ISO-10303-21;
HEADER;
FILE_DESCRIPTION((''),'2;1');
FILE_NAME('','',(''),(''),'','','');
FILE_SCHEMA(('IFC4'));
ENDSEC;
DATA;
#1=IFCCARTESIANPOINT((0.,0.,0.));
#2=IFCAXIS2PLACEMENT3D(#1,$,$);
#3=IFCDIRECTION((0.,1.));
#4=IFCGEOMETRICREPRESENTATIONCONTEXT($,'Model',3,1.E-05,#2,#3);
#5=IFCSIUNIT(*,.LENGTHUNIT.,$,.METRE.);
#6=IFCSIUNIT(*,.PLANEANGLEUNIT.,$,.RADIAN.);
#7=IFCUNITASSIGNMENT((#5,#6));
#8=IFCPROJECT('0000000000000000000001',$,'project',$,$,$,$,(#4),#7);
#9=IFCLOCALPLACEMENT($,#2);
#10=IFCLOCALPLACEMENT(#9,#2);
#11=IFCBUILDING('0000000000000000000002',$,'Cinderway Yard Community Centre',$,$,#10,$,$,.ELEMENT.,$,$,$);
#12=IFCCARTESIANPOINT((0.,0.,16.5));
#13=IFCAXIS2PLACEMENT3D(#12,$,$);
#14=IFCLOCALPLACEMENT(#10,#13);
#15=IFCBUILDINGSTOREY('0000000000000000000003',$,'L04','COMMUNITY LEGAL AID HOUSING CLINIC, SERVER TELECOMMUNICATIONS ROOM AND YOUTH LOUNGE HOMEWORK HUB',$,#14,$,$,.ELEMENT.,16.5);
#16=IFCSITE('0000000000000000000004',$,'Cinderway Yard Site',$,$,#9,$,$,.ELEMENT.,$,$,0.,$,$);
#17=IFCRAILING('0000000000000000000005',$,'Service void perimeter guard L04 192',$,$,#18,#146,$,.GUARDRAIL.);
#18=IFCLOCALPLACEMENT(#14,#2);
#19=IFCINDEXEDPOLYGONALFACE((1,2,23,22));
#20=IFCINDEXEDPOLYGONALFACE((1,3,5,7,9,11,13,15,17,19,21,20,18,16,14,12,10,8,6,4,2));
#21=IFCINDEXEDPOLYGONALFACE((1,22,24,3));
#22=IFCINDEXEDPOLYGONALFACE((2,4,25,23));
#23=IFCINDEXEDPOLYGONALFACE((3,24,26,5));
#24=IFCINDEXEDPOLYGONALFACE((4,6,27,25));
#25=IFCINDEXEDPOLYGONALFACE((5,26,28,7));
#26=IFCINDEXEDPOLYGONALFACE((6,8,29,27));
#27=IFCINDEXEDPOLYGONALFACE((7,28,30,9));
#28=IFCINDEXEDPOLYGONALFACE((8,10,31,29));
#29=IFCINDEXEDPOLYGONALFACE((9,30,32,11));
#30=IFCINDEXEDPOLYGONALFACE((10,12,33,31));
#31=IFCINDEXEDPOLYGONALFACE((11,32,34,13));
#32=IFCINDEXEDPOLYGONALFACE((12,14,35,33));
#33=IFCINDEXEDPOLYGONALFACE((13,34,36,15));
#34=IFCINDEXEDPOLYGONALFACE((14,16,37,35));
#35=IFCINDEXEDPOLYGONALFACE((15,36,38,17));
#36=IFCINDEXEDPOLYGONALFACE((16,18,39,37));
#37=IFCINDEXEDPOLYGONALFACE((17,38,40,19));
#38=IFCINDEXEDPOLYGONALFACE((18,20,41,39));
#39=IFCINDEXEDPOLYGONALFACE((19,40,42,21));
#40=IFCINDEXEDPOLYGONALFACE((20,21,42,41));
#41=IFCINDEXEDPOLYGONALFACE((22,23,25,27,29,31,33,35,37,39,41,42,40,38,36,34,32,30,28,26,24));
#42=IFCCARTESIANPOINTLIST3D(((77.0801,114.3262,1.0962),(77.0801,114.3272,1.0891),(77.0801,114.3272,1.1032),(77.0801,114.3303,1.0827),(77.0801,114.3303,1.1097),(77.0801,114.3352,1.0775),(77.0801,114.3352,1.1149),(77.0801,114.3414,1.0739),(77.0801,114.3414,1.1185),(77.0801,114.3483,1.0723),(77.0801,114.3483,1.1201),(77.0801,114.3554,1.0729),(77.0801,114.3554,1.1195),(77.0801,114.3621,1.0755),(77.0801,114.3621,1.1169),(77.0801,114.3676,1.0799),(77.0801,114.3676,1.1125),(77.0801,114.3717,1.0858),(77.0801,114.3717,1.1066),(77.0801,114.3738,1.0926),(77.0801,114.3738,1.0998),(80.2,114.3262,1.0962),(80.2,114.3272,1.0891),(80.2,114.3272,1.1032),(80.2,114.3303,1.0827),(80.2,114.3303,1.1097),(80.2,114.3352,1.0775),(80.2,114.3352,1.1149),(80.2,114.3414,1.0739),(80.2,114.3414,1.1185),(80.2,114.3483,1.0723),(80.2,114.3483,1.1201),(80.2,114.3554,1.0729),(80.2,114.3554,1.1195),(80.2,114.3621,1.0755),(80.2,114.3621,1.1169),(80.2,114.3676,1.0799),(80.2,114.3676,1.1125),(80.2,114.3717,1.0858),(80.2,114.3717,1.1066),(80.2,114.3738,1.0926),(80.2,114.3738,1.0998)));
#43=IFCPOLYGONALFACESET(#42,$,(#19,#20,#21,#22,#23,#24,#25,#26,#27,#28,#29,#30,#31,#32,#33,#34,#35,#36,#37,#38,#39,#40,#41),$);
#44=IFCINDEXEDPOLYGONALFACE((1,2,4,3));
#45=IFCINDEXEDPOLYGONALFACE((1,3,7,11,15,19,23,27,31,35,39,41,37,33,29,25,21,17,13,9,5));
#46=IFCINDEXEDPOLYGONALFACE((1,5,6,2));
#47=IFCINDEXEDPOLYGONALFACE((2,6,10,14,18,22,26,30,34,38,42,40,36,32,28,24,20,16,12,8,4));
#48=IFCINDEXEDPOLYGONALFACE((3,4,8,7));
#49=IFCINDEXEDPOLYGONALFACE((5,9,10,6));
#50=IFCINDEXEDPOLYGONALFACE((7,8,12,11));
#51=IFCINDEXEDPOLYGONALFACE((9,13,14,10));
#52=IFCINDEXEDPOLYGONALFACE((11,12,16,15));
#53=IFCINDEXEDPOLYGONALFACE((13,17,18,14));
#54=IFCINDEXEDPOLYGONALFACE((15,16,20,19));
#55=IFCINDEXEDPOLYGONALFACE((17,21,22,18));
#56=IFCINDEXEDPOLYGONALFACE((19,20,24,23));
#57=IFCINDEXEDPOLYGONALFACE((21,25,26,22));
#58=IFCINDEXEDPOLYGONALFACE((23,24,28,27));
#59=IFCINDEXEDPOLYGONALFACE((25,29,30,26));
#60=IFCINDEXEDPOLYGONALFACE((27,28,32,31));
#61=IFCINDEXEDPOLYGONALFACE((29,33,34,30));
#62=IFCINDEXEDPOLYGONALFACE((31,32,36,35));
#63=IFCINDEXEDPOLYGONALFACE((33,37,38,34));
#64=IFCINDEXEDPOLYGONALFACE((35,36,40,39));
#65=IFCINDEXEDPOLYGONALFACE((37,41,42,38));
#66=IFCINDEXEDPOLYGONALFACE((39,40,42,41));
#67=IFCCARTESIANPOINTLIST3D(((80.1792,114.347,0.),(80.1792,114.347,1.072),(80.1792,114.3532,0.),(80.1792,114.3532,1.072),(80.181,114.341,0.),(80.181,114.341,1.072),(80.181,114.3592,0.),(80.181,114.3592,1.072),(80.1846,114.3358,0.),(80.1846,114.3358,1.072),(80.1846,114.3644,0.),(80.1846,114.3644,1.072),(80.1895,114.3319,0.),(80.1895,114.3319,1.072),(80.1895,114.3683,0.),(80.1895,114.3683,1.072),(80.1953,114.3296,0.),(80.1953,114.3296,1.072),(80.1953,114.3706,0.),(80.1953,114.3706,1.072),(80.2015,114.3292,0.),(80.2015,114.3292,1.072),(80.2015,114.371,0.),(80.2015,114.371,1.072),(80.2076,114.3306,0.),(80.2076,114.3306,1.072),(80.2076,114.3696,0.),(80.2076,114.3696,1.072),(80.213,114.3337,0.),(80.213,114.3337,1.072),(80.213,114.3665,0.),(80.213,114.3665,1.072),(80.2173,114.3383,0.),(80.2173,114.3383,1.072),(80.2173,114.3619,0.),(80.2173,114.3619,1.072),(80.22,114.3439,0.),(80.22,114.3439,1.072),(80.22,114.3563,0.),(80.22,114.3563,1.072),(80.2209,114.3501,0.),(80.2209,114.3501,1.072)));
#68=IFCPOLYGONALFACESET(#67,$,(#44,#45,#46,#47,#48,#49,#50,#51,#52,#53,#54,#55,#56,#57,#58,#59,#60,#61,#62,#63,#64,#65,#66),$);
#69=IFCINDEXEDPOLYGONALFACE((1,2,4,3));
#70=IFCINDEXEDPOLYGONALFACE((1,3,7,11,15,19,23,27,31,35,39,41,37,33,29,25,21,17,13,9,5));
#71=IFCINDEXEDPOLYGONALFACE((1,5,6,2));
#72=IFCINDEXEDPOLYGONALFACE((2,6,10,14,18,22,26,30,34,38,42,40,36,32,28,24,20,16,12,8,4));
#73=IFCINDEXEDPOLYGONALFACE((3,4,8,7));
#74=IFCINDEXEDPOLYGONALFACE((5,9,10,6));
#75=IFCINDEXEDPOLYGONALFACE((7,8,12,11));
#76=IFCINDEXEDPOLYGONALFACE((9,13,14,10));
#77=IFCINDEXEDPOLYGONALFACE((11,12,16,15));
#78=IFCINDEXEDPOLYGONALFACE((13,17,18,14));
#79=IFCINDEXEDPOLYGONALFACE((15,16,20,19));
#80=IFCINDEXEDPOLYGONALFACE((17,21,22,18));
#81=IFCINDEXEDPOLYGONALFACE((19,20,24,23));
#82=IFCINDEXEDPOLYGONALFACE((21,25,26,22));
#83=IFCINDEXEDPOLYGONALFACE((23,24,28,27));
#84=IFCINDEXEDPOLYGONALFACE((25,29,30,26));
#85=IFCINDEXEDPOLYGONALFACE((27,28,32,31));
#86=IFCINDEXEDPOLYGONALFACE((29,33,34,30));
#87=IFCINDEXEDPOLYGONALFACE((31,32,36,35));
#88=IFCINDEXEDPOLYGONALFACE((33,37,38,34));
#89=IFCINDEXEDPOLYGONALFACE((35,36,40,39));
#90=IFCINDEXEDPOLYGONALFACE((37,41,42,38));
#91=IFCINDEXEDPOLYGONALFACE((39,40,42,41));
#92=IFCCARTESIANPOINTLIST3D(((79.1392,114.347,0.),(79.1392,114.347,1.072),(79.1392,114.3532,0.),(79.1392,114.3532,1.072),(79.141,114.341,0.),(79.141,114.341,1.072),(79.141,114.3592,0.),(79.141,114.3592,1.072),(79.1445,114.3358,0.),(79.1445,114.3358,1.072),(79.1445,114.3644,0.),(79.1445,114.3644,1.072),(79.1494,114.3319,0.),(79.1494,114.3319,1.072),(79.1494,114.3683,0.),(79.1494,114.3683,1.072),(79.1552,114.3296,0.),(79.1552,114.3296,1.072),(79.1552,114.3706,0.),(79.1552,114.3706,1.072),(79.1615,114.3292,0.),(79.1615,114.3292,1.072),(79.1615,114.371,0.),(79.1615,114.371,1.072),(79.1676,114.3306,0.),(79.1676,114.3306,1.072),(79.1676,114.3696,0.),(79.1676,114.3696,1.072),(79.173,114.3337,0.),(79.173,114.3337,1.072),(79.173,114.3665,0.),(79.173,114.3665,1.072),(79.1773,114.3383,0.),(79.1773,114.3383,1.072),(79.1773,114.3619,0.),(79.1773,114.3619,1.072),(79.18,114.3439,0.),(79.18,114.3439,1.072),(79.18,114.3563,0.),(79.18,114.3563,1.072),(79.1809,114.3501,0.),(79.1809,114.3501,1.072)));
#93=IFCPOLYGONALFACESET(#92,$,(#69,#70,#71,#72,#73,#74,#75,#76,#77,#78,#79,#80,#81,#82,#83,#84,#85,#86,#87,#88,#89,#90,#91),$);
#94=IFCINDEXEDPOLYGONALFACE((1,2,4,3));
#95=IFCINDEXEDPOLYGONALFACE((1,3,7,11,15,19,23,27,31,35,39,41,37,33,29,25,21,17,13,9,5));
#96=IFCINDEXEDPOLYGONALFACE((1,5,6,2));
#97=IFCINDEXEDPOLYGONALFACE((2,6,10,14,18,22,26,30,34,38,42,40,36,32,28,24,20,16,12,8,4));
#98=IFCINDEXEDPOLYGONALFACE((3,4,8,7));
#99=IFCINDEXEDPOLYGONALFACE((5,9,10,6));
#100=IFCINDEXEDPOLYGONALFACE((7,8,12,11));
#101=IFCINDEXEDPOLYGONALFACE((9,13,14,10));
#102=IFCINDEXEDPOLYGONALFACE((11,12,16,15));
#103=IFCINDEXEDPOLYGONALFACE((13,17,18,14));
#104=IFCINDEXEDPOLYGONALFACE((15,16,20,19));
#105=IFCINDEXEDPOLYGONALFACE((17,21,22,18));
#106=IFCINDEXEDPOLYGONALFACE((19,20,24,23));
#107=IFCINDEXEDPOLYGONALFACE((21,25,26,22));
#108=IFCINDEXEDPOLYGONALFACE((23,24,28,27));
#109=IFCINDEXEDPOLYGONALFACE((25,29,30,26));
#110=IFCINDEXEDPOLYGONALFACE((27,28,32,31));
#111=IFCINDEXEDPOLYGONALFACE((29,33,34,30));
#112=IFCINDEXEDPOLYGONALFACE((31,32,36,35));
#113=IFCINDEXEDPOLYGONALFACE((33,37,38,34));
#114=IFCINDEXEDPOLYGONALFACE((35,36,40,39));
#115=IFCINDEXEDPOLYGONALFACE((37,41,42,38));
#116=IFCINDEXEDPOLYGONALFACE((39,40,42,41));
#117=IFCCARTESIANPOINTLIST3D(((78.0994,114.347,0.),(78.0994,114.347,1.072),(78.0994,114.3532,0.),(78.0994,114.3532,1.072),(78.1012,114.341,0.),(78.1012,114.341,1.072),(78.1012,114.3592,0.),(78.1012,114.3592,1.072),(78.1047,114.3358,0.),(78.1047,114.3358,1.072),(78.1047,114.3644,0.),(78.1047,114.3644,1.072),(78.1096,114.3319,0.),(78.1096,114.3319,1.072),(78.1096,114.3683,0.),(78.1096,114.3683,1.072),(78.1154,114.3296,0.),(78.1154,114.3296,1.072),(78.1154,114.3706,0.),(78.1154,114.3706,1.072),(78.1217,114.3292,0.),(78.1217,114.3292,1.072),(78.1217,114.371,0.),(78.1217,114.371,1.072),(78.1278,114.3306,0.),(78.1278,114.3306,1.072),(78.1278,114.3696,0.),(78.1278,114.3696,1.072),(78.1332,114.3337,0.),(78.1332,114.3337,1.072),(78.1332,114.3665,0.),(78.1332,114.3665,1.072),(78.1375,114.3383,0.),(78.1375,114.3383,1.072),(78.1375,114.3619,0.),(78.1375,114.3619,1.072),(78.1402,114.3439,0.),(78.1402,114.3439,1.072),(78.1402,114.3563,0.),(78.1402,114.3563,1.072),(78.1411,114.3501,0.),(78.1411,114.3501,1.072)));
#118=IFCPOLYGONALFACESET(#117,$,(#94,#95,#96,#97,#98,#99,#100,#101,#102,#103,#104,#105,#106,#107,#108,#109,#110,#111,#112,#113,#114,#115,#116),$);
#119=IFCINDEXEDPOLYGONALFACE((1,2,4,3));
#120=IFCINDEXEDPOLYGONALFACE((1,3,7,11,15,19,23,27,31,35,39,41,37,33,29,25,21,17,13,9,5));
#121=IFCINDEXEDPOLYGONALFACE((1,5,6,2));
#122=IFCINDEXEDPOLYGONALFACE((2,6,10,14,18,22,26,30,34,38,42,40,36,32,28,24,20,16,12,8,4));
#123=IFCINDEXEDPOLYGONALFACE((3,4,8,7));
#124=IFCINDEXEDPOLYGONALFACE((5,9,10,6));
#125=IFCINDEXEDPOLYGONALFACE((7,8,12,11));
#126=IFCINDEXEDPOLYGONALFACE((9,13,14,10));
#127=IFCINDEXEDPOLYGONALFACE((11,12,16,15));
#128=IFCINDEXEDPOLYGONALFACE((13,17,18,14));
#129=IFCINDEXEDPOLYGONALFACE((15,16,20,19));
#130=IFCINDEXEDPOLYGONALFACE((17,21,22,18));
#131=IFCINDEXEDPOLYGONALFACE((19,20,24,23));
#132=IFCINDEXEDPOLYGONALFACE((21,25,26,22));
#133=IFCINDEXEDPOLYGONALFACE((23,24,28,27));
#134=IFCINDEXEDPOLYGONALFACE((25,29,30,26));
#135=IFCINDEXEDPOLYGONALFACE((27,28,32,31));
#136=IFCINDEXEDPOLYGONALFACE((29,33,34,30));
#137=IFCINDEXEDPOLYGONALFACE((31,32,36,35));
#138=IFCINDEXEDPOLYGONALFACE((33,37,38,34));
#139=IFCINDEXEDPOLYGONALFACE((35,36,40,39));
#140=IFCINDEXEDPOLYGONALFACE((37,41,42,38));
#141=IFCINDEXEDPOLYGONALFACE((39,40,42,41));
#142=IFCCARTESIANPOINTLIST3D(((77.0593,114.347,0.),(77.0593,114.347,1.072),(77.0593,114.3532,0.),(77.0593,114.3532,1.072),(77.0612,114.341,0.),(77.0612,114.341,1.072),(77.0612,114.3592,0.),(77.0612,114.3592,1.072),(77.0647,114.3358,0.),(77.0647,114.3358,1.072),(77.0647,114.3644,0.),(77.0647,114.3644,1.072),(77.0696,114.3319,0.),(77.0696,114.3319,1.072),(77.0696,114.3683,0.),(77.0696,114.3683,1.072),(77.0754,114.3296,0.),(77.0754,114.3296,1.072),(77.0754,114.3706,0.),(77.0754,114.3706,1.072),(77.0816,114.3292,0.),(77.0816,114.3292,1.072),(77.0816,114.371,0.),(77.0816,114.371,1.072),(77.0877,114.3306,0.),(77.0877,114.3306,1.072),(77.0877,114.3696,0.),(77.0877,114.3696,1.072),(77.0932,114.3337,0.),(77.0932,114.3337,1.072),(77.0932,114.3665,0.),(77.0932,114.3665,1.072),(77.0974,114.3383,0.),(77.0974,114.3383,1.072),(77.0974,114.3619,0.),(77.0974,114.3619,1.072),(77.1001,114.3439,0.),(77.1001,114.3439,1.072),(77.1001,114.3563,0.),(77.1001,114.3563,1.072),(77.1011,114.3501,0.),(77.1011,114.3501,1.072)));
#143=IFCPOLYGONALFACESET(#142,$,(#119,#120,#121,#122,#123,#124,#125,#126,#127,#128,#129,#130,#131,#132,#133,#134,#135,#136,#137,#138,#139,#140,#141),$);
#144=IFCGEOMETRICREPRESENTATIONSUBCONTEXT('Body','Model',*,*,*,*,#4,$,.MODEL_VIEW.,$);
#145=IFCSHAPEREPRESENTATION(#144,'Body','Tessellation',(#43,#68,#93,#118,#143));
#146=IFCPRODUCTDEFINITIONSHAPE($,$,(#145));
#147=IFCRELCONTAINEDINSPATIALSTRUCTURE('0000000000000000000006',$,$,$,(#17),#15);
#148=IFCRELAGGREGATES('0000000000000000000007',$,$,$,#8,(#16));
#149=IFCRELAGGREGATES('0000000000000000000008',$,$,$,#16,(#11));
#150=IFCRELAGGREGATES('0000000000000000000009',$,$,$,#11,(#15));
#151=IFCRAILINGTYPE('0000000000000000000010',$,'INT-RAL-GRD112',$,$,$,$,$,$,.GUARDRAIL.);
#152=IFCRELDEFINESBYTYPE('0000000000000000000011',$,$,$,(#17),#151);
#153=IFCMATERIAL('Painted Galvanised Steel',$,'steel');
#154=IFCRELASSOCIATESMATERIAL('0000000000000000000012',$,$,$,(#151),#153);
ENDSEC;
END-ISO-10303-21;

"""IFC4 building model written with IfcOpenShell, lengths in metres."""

from ifc_helpers import new_model, si_unit, direction, frame, origin, origin_2d, place, context, subcontext, project, spatial, circle, extrude, material, type_object, element, save


model = new_model("IFC4")

# Units and contexts
model_context = context("Model", 3, precision=1e-05, world=origin(), true_north=direction((0.0, 1.0)))
body_context = subcontext(model_context, "Body", "Model", "MODEL_VIEW")
ifc_project = project(units=[si_unit("LENGTHUNIT", "METRE"), si_unit("PLANEANGLEUNIT", "RADIAN")], contexts=[model_context])

# Site, building, storey
site_placement = place(None, origin())
site = spatial("IfcSite", under=ifc_project, at=site_placement, Name="Cinderway Yard Site", CompositionType="ELEMENT", RefElevation=0.0)
building_placement = place(site_placement, origin())
building = spatial("IfcBuilding", under=site, at=building_placement, Name="Cinderway Yard Community Centre", CompositionType="ELEMENT")
storey_placement = place(building_placement, frame((0.0, 0.0, 16.5)))
storey = spatial("IfcBuildingStorey", under=building, at=storey_placement, Name="L04", Description="COMMUNITY LEGAL AID HOUSING CLINIC, SERVER TELECOMMUNICATIONS ROOM AND YOUTH LOUNGE HOMEWORK HUB", CompositionType="ELEMENT", Elevation=16.5)

# Shared definitions
ifc_material_1 = material(Name="Painted Galvanised Steel", Category="steel")

# Railing
railing_type_1 = type_object("IfcRailingType", Name="INT-RAL-GRD112", PredefinedType="GUARDRAIL", material=ifc_material_1)
railing_1_placement = place(storey_placement, frame((80.2, 114.3501, 0.0)))
element("IfcRailing", 1, at=railing_1_placement, inside=storey, type_object=railing_type_1, Name="Service void perimeter guard L04 192", PredefinedType="GUARDRAIL", context=body_context, shape_type="SweptSolid", body=[
    extrude(circle(Radius=0.0239, at=origin_2d()), frame((0.0, 0.0, 1.0962), z_axis=(-1.0, 0.0, 0.0), x_axis=(0.0, -1.0, 0.0)), (0.0, 0.0, 1.0), 3.1199),
    extrude(circle(Radius=0.021, at=origin_2d()), origin(), (0.0, 0.0, 1.0), 1.072),
    extrude(circle(Radius=0.021, at=origin_2d()), frame((-1.04, 0.0, 0.0)), (0.0, 0.0, 1.0), 1.072),
    extrude(circle(Radius=0.021, at=origin_2d()), frame((-2.0798, 0.0, 0.0)), (0.0, 0.0, 1.0), 1.072),
    extrude(circle(Radius=0.021, at=origin_2d()), frame((-3.1199, 0.0, 0.0)), (0.0, 0.0, 1.0), 1.072),
])

save(model, "model.ifc")
